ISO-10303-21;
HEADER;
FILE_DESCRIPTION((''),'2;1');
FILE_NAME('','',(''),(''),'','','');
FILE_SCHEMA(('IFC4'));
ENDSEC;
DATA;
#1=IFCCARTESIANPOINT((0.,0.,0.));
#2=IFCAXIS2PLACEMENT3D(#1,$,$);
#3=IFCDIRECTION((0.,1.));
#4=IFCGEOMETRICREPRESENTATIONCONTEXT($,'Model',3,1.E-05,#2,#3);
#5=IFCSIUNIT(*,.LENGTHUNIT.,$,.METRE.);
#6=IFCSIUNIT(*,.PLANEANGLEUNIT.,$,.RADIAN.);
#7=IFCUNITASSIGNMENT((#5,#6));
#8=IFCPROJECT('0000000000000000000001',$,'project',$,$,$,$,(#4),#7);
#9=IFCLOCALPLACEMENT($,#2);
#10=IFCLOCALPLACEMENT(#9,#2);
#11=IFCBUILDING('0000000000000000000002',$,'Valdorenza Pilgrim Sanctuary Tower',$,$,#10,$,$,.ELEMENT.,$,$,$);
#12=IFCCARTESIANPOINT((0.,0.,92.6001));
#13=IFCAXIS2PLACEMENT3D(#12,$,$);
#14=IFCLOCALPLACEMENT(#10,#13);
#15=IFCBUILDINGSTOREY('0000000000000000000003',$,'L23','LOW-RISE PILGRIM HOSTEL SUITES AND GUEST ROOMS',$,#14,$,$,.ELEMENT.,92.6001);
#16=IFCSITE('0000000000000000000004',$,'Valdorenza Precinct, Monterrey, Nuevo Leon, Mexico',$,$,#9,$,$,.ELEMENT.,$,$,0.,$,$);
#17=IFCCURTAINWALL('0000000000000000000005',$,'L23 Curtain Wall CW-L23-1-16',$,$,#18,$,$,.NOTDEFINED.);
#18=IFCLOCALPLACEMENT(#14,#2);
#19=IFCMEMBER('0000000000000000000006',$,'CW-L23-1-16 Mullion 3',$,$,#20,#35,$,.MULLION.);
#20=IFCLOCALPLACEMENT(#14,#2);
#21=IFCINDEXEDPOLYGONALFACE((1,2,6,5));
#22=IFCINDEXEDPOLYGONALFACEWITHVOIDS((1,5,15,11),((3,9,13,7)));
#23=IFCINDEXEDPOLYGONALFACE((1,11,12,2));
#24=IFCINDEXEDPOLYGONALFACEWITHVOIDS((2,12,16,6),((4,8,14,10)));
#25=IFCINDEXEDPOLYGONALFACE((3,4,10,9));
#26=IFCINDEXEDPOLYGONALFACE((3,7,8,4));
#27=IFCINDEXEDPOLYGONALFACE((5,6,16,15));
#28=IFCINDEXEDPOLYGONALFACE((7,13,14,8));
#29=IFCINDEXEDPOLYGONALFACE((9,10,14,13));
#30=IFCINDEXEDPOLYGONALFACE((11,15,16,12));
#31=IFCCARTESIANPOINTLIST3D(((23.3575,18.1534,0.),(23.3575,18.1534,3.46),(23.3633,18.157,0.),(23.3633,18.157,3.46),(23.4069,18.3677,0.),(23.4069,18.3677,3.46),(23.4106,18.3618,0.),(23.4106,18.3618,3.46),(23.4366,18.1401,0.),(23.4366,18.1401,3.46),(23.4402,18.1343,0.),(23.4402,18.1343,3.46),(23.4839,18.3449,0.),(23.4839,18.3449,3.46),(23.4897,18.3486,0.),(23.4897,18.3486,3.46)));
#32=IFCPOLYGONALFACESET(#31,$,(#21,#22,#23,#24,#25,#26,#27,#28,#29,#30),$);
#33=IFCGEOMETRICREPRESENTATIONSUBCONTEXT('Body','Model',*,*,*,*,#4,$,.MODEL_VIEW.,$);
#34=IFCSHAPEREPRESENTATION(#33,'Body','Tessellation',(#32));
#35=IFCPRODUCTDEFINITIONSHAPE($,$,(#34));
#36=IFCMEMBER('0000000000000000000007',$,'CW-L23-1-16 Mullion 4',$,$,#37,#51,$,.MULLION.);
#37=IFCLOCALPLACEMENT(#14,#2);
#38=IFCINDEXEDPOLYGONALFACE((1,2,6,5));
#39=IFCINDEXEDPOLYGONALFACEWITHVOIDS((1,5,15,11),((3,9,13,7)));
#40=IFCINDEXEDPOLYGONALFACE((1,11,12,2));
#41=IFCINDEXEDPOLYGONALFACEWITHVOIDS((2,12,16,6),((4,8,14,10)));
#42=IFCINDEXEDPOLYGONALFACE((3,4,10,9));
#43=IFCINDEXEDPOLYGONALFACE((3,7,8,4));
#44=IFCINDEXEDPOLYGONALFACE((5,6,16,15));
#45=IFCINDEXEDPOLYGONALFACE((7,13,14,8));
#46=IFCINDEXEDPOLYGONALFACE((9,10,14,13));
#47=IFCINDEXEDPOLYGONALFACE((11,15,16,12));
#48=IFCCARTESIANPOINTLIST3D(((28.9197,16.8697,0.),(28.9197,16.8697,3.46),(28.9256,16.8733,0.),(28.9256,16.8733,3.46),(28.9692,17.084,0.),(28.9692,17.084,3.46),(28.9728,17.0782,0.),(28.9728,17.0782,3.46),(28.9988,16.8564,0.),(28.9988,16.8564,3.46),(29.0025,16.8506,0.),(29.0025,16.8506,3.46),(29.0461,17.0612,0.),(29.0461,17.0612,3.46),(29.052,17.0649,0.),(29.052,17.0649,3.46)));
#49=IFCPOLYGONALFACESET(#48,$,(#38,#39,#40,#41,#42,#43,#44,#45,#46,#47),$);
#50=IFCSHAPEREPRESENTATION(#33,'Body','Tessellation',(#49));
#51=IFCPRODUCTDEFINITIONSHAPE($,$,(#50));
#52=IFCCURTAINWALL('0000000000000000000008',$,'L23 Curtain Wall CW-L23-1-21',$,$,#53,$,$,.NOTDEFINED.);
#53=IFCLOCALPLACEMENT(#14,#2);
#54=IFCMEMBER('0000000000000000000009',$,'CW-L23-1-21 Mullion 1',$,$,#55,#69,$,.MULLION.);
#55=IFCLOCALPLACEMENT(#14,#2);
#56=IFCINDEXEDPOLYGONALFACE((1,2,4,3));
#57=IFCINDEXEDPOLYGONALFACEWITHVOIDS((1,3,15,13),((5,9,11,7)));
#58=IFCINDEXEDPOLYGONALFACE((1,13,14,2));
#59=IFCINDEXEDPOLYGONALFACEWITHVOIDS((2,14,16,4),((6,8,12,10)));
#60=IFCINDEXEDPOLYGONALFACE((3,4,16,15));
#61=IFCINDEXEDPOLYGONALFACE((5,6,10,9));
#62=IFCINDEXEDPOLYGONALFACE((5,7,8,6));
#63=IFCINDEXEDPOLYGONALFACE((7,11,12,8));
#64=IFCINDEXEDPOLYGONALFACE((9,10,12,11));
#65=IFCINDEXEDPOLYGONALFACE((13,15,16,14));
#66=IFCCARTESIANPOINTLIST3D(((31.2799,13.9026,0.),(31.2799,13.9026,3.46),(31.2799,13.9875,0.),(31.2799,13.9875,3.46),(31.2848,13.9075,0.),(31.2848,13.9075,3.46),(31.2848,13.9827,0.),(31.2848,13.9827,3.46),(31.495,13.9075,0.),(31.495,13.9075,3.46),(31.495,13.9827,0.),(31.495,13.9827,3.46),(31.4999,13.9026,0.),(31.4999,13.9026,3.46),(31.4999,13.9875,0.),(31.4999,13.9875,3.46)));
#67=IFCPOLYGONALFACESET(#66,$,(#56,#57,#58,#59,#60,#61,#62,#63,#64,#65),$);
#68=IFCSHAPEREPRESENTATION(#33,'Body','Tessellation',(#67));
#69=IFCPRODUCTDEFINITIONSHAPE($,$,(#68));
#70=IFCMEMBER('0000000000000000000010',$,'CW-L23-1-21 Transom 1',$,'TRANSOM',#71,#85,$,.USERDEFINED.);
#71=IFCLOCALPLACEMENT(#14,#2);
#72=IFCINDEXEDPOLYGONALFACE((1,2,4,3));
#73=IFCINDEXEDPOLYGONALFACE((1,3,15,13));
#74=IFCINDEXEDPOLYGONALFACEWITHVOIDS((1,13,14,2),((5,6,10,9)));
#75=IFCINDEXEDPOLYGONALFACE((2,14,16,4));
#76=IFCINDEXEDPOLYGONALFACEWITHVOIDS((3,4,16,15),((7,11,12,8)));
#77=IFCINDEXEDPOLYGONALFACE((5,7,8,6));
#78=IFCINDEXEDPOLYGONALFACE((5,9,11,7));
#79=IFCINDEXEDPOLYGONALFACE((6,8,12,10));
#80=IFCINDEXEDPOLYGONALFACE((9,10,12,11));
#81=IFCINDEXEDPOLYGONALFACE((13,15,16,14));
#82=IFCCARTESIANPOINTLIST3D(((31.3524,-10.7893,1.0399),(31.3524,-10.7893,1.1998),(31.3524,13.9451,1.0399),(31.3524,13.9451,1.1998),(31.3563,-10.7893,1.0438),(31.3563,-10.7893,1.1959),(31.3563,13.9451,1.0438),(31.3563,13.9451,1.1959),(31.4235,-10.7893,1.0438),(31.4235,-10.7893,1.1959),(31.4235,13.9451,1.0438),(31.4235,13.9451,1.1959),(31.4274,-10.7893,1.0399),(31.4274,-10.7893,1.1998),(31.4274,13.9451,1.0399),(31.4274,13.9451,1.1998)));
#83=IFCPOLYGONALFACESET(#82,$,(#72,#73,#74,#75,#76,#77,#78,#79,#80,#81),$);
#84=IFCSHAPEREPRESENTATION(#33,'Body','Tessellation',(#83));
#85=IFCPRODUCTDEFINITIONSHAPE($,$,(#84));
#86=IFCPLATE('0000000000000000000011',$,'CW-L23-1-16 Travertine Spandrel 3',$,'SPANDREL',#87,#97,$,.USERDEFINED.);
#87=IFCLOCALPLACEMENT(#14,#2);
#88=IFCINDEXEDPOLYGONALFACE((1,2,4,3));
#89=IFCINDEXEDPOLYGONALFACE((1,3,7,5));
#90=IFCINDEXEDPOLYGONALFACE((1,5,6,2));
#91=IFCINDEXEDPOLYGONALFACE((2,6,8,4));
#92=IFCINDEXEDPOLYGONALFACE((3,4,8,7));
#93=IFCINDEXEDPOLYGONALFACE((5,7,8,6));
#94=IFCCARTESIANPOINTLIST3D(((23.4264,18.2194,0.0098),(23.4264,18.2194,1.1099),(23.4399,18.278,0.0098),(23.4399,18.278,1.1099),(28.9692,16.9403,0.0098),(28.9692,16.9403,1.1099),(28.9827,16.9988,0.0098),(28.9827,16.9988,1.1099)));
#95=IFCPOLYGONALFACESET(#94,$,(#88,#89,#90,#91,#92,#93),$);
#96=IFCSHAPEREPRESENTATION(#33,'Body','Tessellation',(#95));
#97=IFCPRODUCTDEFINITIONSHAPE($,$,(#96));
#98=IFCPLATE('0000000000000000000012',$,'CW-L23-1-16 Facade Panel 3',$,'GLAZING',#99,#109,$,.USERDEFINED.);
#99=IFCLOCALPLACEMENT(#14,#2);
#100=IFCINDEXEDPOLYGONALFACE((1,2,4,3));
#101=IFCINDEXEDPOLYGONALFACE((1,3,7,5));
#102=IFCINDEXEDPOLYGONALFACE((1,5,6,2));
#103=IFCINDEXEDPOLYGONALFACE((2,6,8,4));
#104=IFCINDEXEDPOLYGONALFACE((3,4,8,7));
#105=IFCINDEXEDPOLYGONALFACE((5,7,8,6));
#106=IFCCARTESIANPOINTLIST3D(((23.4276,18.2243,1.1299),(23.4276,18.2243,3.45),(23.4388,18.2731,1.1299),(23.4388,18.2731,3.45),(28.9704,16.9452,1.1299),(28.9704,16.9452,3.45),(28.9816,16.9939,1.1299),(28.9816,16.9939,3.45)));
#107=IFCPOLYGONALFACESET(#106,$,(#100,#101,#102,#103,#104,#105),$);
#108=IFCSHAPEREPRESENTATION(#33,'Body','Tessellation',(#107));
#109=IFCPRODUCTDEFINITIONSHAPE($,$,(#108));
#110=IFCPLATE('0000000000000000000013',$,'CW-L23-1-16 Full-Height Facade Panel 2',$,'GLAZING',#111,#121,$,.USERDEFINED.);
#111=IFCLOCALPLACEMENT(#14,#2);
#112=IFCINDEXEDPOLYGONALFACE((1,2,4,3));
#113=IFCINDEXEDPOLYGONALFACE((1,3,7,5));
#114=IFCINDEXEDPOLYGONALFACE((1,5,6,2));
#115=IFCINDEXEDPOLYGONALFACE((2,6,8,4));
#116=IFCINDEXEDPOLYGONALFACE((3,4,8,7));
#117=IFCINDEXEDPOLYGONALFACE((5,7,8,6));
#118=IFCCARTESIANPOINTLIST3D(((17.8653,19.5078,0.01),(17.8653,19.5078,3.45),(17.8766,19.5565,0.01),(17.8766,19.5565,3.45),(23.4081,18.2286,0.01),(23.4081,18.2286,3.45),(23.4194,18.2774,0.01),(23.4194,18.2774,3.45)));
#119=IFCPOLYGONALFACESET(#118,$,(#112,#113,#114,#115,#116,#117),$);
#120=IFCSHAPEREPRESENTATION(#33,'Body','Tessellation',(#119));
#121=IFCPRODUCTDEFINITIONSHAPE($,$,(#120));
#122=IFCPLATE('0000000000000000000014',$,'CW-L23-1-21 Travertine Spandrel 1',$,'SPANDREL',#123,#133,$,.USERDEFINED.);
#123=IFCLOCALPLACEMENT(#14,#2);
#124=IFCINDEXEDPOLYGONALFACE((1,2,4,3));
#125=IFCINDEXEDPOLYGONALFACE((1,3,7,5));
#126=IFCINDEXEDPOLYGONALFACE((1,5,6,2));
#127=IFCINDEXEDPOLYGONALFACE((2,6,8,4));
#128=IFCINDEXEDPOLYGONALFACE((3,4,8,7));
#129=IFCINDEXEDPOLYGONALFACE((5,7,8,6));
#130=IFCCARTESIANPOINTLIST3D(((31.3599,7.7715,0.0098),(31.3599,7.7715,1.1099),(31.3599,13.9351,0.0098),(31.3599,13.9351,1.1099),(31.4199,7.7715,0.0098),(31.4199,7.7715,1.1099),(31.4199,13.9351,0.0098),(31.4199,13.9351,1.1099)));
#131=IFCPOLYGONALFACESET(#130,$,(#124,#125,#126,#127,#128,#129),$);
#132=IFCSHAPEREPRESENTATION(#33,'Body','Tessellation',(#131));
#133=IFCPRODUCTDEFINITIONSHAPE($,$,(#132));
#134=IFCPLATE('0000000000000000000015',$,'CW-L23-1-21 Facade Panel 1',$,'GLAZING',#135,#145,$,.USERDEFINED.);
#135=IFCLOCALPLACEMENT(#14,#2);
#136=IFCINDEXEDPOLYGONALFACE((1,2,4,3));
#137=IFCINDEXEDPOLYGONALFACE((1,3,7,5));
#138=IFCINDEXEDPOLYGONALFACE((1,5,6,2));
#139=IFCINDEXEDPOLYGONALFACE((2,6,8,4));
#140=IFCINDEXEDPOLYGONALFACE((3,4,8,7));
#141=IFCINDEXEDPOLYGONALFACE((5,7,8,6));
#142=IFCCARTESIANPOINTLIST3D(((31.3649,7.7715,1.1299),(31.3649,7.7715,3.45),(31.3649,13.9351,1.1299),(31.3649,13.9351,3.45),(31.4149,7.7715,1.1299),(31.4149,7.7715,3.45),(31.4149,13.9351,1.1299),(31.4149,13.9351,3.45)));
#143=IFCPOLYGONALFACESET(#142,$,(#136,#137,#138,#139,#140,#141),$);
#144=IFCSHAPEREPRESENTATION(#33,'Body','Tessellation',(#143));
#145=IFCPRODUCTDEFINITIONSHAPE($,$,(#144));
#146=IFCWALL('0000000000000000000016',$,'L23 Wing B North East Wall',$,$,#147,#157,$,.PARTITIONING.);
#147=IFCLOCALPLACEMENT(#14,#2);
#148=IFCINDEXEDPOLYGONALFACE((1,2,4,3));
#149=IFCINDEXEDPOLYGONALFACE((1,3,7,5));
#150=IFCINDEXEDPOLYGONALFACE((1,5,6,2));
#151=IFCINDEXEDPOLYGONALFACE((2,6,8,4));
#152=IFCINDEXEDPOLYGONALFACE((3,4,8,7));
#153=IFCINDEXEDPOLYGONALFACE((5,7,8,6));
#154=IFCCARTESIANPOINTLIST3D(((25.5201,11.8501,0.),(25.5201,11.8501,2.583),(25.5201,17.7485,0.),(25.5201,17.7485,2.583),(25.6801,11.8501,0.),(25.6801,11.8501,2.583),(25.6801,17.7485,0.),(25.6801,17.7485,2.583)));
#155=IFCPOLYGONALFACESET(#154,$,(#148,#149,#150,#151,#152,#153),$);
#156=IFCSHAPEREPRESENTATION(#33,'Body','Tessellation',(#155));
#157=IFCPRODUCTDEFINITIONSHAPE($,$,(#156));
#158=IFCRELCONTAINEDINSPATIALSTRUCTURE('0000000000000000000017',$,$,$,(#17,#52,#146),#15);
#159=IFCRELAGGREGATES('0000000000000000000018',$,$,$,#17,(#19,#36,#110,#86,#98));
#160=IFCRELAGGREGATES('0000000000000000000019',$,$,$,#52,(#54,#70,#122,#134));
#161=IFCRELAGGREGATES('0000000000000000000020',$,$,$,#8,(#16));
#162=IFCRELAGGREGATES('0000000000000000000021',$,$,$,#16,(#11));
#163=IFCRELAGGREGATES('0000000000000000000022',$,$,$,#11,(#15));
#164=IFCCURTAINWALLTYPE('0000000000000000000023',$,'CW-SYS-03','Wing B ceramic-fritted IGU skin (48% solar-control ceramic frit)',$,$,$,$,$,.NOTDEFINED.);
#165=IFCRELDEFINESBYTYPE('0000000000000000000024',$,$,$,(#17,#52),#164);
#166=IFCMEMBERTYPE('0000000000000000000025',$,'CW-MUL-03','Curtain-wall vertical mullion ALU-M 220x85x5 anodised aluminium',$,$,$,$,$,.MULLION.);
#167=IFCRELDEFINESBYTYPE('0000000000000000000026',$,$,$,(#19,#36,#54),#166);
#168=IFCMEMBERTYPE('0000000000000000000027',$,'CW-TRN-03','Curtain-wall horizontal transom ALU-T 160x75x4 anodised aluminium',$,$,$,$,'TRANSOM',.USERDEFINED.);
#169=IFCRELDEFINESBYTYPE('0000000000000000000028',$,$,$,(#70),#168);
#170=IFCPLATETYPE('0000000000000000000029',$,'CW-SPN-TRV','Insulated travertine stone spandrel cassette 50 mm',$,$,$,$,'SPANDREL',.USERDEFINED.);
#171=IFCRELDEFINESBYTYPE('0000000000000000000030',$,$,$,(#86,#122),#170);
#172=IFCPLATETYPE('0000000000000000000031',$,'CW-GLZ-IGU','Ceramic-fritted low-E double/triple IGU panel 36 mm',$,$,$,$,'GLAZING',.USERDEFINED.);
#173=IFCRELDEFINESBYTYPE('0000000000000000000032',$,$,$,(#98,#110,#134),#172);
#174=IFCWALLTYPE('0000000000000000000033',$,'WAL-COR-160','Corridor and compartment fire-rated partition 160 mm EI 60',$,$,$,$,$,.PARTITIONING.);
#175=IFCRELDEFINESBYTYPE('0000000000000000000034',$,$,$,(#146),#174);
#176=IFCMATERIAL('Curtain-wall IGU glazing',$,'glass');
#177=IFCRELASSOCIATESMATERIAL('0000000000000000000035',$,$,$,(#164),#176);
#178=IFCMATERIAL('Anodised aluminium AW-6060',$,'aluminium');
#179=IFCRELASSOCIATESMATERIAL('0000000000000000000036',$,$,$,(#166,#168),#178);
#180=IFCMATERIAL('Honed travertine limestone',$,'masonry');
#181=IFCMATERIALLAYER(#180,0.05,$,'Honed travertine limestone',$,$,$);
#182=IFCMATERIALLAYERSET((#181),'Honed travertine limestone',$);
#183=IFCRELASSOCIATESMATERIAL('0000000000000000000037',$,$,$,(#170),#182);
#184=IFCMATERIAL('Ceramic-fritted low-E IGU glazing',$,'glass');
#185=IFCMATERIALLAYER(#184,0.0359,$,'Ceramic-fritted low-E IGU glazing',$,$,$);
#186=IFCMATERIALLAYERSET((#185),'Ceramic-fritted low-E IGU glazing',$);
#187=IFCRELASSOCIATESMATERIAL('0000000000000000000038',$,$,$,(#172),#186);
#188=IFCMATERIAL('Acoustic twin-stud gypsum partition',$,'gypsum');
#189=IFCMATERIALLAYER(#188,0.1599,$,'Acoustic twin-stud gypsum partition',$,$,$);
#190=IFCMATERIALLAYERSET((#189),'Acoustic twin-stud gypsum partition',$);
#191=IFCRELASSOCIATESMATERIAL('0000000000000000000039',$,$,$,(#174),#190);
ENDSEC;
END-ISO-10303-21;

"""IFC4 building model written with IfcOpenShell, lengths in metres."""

from ifc_helpers import new_model, si_unit, direction, frame, frame_2d, origin, origin_2d, place, context, subcontext, project, spatial, rectangle, hollow_rectangle, extrude, source, transform, mapped, material, layer, layer_set, material_profile, profile_set, type_object, element, aggregate, save


model = new_model("IFC4")

# Units and contexts
model_context = context("Model", 3, precision=1e-05, world=origin(), true_north=direction((0.0, 1.0)))
body_context = subcontext(model_context, "Body", "Model", "MODEL_VIEW")
ifc_project = project(units=[si_unit("LENGTHUNIT", "METRE"), si_unit("PLANEANGLEUNIT", "RADIAN")], contexts=[model_context])

# Site, building, storey
site_placement = place(None, origin())
site = spatial("IfcSite", under=ifc_project, at=site_placement, Name="Valdorenza Precinct, Monterrey, Nuevo Leon, Mexico", CompositionType="ELEMENT", RefElevation=0.0)
building_placement = place(site_placement, origin())
building = spatial("IfcBuilding", under=site, at=building_placement, Name="Valdorenza Pilgrim Sanctuary Tower", CompositionType="ELEMENT")
storey_placement = place(building_placement, frame((0.0, 0.0, 92.6001)))
storey = spatial("IfcBuildingStorey", under=building, at=storey_placement, Name="L23", Description="LOW-RISE PILGRIM HOSTEL SUITES AND GUEST ROOMS", CompositionType="ELEMENT", Elevation=92.6001)

# Curtain walls, members
ifc_material_1 = material(Name="Curtain-wall IGU glazing", Category="glass")
curtain_wall_type = type_object("IfcCurtainWallType", Name="CW-SYS-03", Description="Wing B ceramic-fritted IGU skin (48% solar-control ceramic frit)", PredefinedType="NOTDEFINED", material=ifc_material_1)
curtain_wall_1_placement = place(storey_placement, origin())
curtain_wall_1 = element("IfcCurtainWall", 1, at=curtain_wall_1_placement, inside=storey, type_object=curtain_wall_type, Name="L23 Curtain Wall CW-L23-1-16", PredefinedType="NOTDEFINED")
ifc_material_2 = material(Name="Anodised aluminium AW-6060", Category="aluminium")
ifc_material_profile_1 = material_profile(ifc_material_2, hollow_rectangle(XDim=0.085, YDim=0.22, WallThickness=0.0049, at=origin_2d()), Name="ALU-M 220x85x5")
ifc_profile_set_1 = profile_set([ifc_material_profile_1], Name="Anodised aluminium AW-6060")
member_type_1 = type_object("IfcMemberType", Name="CW-MUL-03", Description="Curtain-wall vertical mullion ALU-M 220x85x5 anodised aluminium", PredefinedType="MULLION", material=ifc_profile_set_1)
shared_shape_1 = source(origin(), body_context, "Body", "SweptSolid", [
    extrude(hollow_rectangle(XDim=0.085, YDim=0.22, WallThickness=0.0049, at=origin_2d()), origin(), (0.0, 0.0, 1.0), 3.46),
])
member_1_placement = place(storey_placement, frame((23.4236, 18.251, 0.0), z_axis=(0.0, 0.0, 1.0), x_axis=(0.97439, -0.224866, 0.0)))
member_1 = element("IfcMember", 2, at=member_1_placement, type_object=member_type_1, Name="CW-L23-1-16 Mullion 3", PredefinedType="MULLION", context=body_context, shape_type="MappedRepresentation", body=[
    mapped(shared_shape_1, transform((0.0, 0.0, 0.0), x_axis=(1.0, 0.0, 0.0), y_axis=(0.0, 1.0, 0.0), z_axis=(0.0, 0.0, 1.0), scale=1.0)),
])
member_2_placement = place(storey_placement, frame((28.9858, 16.9673, 0.0), z_axis=(0.0, 0.0, 1.0), x_axis=(0.97439, -0.224866, 0.0)))
member_2 = element("IfcMember", 3, at=member_2_placement, type_object=member_type_1, Name="CW-L23-1-16 Mullion 4", PredefinedType="MULLION", context=body_context, shape_type="MappedRepresentation", body=[
    mapped(shared_shape_1, transform((0.0, 0.0, 0.0), x_axis=(1.0, 0.0, 0.0), y_axis=(0.0, 1.0, 0.0), z_axis=(0.0, 0.0, 1.0), scale=1.0)),
])
curtain_wall_2_placement = place(storey_placement, origin())
curtain_wall_2 = element("IfcCurtainWall", 4, at=curtain_wall_2_placement, inside=storey, type_object=curtain_wall_type, Name="L23 Curtain Wall CW-L23-1-21", PredefinedType="NOTDEFINED")
member_3_placement = place(storey_placement, frame((31.3899, 13.9451, 0.0), z_axis=(0.0, 0.0, 1.0), x_axis=(0.0, -1.0, 0.0)))
member_3 = element("IfcMember", 5, at=member_3_placement, type_object=member_type_1, Name="CW-L23-1-21 Mullion 1", PredefinedType="MULLION", context=body_context, shape_type="MappedRepresentation", body=[
    mapped(shared_shape_1, transform((0.0, 0.0, 0.0), x_axis=(1.0, 0.0, 0.0), y_axis=(0.0, 1.0, 0.0), z_axis=(0.0, 0.0, 1.0), scale=1.0)),
])
ifc_material_profile_2 = material_profile(ifc_material_2, hollow_rectangle(XDim=0.075, YDim=0.1599, WallThickness=0.0039, at=origin_2d()), Name="ALU-T 160x75x4")
ifc_profile_set_2 = profile_set([ifc_material_profile_2], Name="Anodised aluminium AW-6060")
member_type_2 = type_object("IfcMemberType", Name="CW-TRN-03", Description="Curtain-wall horizontal transom ALU-T 160x75x4 anodised aluminium", ElementType="TRANSOM", PredefinedType="USERDEFINED", material=ifc_profile_set_2)
shared_shape_2 = source(origin(), body_context, "Body", "SweptSolid", [
    extrude(hollow_rectangle(XDim=0.075, YDim=0.1599, WallThickness=0.0039, at=origin_2d()), origin(), (0.0, 0.0, 1.0), 24.7344),
])
member_4_placement = place(storey_placement, frame((31.3899, 13.9451, 1.1199), z_axis=(0.0, -1.0, 0.0), x_axis=(1.0, 0.0, 0.0)))
member_4 = element("IfcMember", 6, at=member_4_placement, type_object=member_type_2, Name="CW-L23-1-21 Transom 1", ObjectType="TRANSOM", PredefinedType="USERDEFINED", context=body_context, shape_type="MappedRepresentation", body=[
    mapped(shared_shape_2, transform((0.0, 0.0, 0.0), x_axis=(1.0, 0.0, 0.0), y_axis=(0.0, 1.0, 0.0), z_axis=(0.0, 0.0, 1.0), scale=1.0)),
])

# Plates
ifc_material_3 = material(Name="Honed travertine limestone", Category="masonry")
ifc_layer_1 = layer(ifc_material_3, 0.05, Name="Honed travertine limestone")
ifc_layer_set_1 = layer_set([ifc_layer_1], Name="Honed travertine limestone")
plate_type_1 = type_object("IfcPlateType", Name="CW-SPN-TRV", Description="Insulated travertine stone spandrel cassette 50 mm", ElementType="SPANDREL", PredefinedType="USERDEFINED", material=ifc_layer_set_1)
shared_shape_3 = source(origin(), body_context, "Body", "SweptSolid", [
    extrude(rectangle(XDim=5.6885, YDim=0.0601, at=origin_2d()), origin(), (0.0, 0.0, 1.0), 1.1001),
])
plate_1_placement = place(storey_placement, frame((26.2046, 17.6091, 0.0098), z_axis=(0.0, 0.0, 1.0), x_axis=(0.97439, -0.224866, 0.0)))
plate_1 = element("IfcPlate", 7, at=plate_1_placement, type_object=plate_type_1, Name="CW-L23-1-16 Travertine Spandrel 3", ObjectType="SPANDREL", PredefinedType="USERDEFINED", context=body_context, shape_type="MappedRepresentation", body=[
    mapped(shared_shape_3, transform((0.0, 0.0, 0.0), x_axis=(1.0, 0.0, 0.0), y_axis=(0.0, 1.0, 0.0), z_axis=(0.0, 0.0, 1.0), scale=1.0)),
])
ifc_material_4 = material(Name="Ceramic-fritted low-E IGU glazing", Category="glass")
ifc_layer_2 = layer(ifc_material_4, 0.0359, Name="Ceramic-fritted low-E IGU glazing")
ifc_layer_set_2 = layer_set([ifc_layer_2], Name="Ceramic-fritted low-E IGU glazing")
plate_type_2 = type_object("IfcPlateType", Name="CW-GLZ-IGU", Description="Ceramic-fritted low-E double/triple IGU panel 36 mm", ElementType="GLAZING", PredefinedType="USERDEFINED", material=ifc_layer_set_2)
shared_shape_4 = source(origin(), body_context, "Body", "SweptSolid", [
    extrude(rectangle(XDim=5.6885, YDim=0.05, at=origin_2d()), origin(), (0.0, 0.0, 1.0), 2.3201),
])
plate_2_placement = place(storey_placement, frame((26.2046, 17.6091, 1.1299), z_axis=(0.0, 0.0, 1.0), x_axis=(0.97439, -0.224866, 0.0)))
plate_2 = element("IfcPlate", 8, at=plate_2_placement, type_object=plate_type_2, Name="CW-L23-1-16 Facade Panel 3", ObjectType="GLAZING", PredefinedType="USERDEFINED", context=body_context, shape_type="MappedRepresentation", body=[
    mapped(shared_shape_4, transform((0.0, 0.0, 0.0), x_axis=(1.0, 0.0, 0.0), y_axis=(0.0, 1.0, 0.0), z_axis=(0.0, 0.0, 1.0), scale=1.0)),
])
shared_shape_5 = source(origin(), body_context, "Body", "SweptSolid", [
    extrude(rectangle(XDim=5.6885, YDim=0.05, at=origin_2d()), origin(), (0.0, 0.0, 1.0), 3.4399),
])
plate_3_placement = place(storey_placement, frame((20.6423, 18.8926, 0.01), z_axis=(0.0, 0.0, 1.0), x_axis=(0.97439, -0.224866, 0.0)))
plate_3 = element("IfcPlate", 9, at=plate_3_placement, type_object=plate_type_2, Name="CW-L23-1-16 Full-Height Facade Panel 2", ObjectType="GLAZING", PredefinedType="USERDEFINED", context=body_context, shape_type="MappedRepresentation", body=[
    mapped(shared_shape_5, transform((0.0, 0.0, 0.0), x_axis=(1.0, 0.0, 0.0), y_axis=(0.0, 1.0, 0.0), z_axis=(0.0, 0.0, 1.0), scale=1.0)),
])
aggregate(curtain_wall_1, [member_1, member_2, plate_3, plate_1, plate_2])
shared_shape_6 = source(origin(), body_context, "Body", "SweptSolid", [
    extrude(rectangle(XDim=6.1636, YDim=0.0601, at=origin_2d()), origin(), (0.0, 0.0, 1.0), 1.1001),
])
plate_4_placement = place(storey_placement, frame((31.3899, 10.8533, 0.0098), z_axis=(0.0, 0.0, 1.0), x_axis=(0.0, -1.0, 0.0)))
plate_4 = element("IfcPlate", 10, at=plate_4_placement, type_object=plate_type_1, Name="CW-L23-1-21 Travertine Spandrel 1", ObjectType="SPANDREL", PredefinedType="USERDEFINED", context=body_context, shape_type="MappedRepresentation", body=[
    mapped(shared_shape_6, transform((0.0, 0.0, 0.0), x_axis=(1.0, 0.0, 0.0), y_axis=(0.0, 1.0, 0.0), z_axis=(0.0, 0.0, 1.0), scale=1.0)),
])
shared_shape_7 = source(origin(), body_context, "Body", "SweptSolid", [
    extrude(rectangle(XDim=6.1636, YDim=0.05, at=origin_2d()), origin(), (0.0, 0.0, 1.0), 2.3201),
])
plate_5_placement = place(storey_placement, frame((31.3899, 10.8533, 1.1299), z_axis=(0.0, 0.0, 1.0), x_axis=(0.0, -1.0, 0.0)))
plate_5 = element("IfcPlate", 11, at=plate_5_placement, type_object=plate_type_2, Name="CW-L23-1-21 Facade Panel 1", ObjectType="GLAZING", PredefinedType="USERDEFINED", context=body_context, shape_type="MappedRepresentation", body=[
    mapped(shared_shape_7, transform((0.0, 0.0, 0.0), x_axis=(1.0, 0.0, 0.0), y_axis=(0.0, 1.0, 0.0), z_axis=(0.0, 0.0, 1.0), scale=1.0)),
])
aggregate(curtain_wall_2, [member_3, member_4, plate_4, plate_5])

# Wall
ifc_material_5 = material(Name="Acoustic twin-stud gypsum partition", Category="gypsum")
ifc_layer_3 = layer(ifc_material_5, 0.1599, Name="Acoustic twin-stud gypsum partition")
ifc_layer_set_3 = layer_set([ifc_layer_3], Name="Acoustic twin-stud gypsum partition")
wall_type_1 = type_object("IfcWallType", Name="WAL-COR-160", Description="Corridor and compartment fire-rated partition 160 mm EI 60", PredefinedType="PARTITIONING", material=ifc_layer_set_3)
wall_1_placement = place(storey_placement, frame((25.6001, 11.8501, 0.0), z_axis=(0.0, 0.0, 1.0), x_axis=(0.0, 1.0, 0.0)))
element("IfcWall", 12, at=wall_1_placement, inside=storey, type_object=wall_type_1, Name="L23 Wing B North East Wall", PredefinedType="PARTITIONING", context=body_context, shape_type="SweptSolid", body=[
    extrude(rectangle(XDim=5.8984, YDim=0.1599, at=frame_2d((2.9492, 0.0))), origin(), (0.0, 0.0, 1.0), 2.583),
])

save(model, "model.ifc")
